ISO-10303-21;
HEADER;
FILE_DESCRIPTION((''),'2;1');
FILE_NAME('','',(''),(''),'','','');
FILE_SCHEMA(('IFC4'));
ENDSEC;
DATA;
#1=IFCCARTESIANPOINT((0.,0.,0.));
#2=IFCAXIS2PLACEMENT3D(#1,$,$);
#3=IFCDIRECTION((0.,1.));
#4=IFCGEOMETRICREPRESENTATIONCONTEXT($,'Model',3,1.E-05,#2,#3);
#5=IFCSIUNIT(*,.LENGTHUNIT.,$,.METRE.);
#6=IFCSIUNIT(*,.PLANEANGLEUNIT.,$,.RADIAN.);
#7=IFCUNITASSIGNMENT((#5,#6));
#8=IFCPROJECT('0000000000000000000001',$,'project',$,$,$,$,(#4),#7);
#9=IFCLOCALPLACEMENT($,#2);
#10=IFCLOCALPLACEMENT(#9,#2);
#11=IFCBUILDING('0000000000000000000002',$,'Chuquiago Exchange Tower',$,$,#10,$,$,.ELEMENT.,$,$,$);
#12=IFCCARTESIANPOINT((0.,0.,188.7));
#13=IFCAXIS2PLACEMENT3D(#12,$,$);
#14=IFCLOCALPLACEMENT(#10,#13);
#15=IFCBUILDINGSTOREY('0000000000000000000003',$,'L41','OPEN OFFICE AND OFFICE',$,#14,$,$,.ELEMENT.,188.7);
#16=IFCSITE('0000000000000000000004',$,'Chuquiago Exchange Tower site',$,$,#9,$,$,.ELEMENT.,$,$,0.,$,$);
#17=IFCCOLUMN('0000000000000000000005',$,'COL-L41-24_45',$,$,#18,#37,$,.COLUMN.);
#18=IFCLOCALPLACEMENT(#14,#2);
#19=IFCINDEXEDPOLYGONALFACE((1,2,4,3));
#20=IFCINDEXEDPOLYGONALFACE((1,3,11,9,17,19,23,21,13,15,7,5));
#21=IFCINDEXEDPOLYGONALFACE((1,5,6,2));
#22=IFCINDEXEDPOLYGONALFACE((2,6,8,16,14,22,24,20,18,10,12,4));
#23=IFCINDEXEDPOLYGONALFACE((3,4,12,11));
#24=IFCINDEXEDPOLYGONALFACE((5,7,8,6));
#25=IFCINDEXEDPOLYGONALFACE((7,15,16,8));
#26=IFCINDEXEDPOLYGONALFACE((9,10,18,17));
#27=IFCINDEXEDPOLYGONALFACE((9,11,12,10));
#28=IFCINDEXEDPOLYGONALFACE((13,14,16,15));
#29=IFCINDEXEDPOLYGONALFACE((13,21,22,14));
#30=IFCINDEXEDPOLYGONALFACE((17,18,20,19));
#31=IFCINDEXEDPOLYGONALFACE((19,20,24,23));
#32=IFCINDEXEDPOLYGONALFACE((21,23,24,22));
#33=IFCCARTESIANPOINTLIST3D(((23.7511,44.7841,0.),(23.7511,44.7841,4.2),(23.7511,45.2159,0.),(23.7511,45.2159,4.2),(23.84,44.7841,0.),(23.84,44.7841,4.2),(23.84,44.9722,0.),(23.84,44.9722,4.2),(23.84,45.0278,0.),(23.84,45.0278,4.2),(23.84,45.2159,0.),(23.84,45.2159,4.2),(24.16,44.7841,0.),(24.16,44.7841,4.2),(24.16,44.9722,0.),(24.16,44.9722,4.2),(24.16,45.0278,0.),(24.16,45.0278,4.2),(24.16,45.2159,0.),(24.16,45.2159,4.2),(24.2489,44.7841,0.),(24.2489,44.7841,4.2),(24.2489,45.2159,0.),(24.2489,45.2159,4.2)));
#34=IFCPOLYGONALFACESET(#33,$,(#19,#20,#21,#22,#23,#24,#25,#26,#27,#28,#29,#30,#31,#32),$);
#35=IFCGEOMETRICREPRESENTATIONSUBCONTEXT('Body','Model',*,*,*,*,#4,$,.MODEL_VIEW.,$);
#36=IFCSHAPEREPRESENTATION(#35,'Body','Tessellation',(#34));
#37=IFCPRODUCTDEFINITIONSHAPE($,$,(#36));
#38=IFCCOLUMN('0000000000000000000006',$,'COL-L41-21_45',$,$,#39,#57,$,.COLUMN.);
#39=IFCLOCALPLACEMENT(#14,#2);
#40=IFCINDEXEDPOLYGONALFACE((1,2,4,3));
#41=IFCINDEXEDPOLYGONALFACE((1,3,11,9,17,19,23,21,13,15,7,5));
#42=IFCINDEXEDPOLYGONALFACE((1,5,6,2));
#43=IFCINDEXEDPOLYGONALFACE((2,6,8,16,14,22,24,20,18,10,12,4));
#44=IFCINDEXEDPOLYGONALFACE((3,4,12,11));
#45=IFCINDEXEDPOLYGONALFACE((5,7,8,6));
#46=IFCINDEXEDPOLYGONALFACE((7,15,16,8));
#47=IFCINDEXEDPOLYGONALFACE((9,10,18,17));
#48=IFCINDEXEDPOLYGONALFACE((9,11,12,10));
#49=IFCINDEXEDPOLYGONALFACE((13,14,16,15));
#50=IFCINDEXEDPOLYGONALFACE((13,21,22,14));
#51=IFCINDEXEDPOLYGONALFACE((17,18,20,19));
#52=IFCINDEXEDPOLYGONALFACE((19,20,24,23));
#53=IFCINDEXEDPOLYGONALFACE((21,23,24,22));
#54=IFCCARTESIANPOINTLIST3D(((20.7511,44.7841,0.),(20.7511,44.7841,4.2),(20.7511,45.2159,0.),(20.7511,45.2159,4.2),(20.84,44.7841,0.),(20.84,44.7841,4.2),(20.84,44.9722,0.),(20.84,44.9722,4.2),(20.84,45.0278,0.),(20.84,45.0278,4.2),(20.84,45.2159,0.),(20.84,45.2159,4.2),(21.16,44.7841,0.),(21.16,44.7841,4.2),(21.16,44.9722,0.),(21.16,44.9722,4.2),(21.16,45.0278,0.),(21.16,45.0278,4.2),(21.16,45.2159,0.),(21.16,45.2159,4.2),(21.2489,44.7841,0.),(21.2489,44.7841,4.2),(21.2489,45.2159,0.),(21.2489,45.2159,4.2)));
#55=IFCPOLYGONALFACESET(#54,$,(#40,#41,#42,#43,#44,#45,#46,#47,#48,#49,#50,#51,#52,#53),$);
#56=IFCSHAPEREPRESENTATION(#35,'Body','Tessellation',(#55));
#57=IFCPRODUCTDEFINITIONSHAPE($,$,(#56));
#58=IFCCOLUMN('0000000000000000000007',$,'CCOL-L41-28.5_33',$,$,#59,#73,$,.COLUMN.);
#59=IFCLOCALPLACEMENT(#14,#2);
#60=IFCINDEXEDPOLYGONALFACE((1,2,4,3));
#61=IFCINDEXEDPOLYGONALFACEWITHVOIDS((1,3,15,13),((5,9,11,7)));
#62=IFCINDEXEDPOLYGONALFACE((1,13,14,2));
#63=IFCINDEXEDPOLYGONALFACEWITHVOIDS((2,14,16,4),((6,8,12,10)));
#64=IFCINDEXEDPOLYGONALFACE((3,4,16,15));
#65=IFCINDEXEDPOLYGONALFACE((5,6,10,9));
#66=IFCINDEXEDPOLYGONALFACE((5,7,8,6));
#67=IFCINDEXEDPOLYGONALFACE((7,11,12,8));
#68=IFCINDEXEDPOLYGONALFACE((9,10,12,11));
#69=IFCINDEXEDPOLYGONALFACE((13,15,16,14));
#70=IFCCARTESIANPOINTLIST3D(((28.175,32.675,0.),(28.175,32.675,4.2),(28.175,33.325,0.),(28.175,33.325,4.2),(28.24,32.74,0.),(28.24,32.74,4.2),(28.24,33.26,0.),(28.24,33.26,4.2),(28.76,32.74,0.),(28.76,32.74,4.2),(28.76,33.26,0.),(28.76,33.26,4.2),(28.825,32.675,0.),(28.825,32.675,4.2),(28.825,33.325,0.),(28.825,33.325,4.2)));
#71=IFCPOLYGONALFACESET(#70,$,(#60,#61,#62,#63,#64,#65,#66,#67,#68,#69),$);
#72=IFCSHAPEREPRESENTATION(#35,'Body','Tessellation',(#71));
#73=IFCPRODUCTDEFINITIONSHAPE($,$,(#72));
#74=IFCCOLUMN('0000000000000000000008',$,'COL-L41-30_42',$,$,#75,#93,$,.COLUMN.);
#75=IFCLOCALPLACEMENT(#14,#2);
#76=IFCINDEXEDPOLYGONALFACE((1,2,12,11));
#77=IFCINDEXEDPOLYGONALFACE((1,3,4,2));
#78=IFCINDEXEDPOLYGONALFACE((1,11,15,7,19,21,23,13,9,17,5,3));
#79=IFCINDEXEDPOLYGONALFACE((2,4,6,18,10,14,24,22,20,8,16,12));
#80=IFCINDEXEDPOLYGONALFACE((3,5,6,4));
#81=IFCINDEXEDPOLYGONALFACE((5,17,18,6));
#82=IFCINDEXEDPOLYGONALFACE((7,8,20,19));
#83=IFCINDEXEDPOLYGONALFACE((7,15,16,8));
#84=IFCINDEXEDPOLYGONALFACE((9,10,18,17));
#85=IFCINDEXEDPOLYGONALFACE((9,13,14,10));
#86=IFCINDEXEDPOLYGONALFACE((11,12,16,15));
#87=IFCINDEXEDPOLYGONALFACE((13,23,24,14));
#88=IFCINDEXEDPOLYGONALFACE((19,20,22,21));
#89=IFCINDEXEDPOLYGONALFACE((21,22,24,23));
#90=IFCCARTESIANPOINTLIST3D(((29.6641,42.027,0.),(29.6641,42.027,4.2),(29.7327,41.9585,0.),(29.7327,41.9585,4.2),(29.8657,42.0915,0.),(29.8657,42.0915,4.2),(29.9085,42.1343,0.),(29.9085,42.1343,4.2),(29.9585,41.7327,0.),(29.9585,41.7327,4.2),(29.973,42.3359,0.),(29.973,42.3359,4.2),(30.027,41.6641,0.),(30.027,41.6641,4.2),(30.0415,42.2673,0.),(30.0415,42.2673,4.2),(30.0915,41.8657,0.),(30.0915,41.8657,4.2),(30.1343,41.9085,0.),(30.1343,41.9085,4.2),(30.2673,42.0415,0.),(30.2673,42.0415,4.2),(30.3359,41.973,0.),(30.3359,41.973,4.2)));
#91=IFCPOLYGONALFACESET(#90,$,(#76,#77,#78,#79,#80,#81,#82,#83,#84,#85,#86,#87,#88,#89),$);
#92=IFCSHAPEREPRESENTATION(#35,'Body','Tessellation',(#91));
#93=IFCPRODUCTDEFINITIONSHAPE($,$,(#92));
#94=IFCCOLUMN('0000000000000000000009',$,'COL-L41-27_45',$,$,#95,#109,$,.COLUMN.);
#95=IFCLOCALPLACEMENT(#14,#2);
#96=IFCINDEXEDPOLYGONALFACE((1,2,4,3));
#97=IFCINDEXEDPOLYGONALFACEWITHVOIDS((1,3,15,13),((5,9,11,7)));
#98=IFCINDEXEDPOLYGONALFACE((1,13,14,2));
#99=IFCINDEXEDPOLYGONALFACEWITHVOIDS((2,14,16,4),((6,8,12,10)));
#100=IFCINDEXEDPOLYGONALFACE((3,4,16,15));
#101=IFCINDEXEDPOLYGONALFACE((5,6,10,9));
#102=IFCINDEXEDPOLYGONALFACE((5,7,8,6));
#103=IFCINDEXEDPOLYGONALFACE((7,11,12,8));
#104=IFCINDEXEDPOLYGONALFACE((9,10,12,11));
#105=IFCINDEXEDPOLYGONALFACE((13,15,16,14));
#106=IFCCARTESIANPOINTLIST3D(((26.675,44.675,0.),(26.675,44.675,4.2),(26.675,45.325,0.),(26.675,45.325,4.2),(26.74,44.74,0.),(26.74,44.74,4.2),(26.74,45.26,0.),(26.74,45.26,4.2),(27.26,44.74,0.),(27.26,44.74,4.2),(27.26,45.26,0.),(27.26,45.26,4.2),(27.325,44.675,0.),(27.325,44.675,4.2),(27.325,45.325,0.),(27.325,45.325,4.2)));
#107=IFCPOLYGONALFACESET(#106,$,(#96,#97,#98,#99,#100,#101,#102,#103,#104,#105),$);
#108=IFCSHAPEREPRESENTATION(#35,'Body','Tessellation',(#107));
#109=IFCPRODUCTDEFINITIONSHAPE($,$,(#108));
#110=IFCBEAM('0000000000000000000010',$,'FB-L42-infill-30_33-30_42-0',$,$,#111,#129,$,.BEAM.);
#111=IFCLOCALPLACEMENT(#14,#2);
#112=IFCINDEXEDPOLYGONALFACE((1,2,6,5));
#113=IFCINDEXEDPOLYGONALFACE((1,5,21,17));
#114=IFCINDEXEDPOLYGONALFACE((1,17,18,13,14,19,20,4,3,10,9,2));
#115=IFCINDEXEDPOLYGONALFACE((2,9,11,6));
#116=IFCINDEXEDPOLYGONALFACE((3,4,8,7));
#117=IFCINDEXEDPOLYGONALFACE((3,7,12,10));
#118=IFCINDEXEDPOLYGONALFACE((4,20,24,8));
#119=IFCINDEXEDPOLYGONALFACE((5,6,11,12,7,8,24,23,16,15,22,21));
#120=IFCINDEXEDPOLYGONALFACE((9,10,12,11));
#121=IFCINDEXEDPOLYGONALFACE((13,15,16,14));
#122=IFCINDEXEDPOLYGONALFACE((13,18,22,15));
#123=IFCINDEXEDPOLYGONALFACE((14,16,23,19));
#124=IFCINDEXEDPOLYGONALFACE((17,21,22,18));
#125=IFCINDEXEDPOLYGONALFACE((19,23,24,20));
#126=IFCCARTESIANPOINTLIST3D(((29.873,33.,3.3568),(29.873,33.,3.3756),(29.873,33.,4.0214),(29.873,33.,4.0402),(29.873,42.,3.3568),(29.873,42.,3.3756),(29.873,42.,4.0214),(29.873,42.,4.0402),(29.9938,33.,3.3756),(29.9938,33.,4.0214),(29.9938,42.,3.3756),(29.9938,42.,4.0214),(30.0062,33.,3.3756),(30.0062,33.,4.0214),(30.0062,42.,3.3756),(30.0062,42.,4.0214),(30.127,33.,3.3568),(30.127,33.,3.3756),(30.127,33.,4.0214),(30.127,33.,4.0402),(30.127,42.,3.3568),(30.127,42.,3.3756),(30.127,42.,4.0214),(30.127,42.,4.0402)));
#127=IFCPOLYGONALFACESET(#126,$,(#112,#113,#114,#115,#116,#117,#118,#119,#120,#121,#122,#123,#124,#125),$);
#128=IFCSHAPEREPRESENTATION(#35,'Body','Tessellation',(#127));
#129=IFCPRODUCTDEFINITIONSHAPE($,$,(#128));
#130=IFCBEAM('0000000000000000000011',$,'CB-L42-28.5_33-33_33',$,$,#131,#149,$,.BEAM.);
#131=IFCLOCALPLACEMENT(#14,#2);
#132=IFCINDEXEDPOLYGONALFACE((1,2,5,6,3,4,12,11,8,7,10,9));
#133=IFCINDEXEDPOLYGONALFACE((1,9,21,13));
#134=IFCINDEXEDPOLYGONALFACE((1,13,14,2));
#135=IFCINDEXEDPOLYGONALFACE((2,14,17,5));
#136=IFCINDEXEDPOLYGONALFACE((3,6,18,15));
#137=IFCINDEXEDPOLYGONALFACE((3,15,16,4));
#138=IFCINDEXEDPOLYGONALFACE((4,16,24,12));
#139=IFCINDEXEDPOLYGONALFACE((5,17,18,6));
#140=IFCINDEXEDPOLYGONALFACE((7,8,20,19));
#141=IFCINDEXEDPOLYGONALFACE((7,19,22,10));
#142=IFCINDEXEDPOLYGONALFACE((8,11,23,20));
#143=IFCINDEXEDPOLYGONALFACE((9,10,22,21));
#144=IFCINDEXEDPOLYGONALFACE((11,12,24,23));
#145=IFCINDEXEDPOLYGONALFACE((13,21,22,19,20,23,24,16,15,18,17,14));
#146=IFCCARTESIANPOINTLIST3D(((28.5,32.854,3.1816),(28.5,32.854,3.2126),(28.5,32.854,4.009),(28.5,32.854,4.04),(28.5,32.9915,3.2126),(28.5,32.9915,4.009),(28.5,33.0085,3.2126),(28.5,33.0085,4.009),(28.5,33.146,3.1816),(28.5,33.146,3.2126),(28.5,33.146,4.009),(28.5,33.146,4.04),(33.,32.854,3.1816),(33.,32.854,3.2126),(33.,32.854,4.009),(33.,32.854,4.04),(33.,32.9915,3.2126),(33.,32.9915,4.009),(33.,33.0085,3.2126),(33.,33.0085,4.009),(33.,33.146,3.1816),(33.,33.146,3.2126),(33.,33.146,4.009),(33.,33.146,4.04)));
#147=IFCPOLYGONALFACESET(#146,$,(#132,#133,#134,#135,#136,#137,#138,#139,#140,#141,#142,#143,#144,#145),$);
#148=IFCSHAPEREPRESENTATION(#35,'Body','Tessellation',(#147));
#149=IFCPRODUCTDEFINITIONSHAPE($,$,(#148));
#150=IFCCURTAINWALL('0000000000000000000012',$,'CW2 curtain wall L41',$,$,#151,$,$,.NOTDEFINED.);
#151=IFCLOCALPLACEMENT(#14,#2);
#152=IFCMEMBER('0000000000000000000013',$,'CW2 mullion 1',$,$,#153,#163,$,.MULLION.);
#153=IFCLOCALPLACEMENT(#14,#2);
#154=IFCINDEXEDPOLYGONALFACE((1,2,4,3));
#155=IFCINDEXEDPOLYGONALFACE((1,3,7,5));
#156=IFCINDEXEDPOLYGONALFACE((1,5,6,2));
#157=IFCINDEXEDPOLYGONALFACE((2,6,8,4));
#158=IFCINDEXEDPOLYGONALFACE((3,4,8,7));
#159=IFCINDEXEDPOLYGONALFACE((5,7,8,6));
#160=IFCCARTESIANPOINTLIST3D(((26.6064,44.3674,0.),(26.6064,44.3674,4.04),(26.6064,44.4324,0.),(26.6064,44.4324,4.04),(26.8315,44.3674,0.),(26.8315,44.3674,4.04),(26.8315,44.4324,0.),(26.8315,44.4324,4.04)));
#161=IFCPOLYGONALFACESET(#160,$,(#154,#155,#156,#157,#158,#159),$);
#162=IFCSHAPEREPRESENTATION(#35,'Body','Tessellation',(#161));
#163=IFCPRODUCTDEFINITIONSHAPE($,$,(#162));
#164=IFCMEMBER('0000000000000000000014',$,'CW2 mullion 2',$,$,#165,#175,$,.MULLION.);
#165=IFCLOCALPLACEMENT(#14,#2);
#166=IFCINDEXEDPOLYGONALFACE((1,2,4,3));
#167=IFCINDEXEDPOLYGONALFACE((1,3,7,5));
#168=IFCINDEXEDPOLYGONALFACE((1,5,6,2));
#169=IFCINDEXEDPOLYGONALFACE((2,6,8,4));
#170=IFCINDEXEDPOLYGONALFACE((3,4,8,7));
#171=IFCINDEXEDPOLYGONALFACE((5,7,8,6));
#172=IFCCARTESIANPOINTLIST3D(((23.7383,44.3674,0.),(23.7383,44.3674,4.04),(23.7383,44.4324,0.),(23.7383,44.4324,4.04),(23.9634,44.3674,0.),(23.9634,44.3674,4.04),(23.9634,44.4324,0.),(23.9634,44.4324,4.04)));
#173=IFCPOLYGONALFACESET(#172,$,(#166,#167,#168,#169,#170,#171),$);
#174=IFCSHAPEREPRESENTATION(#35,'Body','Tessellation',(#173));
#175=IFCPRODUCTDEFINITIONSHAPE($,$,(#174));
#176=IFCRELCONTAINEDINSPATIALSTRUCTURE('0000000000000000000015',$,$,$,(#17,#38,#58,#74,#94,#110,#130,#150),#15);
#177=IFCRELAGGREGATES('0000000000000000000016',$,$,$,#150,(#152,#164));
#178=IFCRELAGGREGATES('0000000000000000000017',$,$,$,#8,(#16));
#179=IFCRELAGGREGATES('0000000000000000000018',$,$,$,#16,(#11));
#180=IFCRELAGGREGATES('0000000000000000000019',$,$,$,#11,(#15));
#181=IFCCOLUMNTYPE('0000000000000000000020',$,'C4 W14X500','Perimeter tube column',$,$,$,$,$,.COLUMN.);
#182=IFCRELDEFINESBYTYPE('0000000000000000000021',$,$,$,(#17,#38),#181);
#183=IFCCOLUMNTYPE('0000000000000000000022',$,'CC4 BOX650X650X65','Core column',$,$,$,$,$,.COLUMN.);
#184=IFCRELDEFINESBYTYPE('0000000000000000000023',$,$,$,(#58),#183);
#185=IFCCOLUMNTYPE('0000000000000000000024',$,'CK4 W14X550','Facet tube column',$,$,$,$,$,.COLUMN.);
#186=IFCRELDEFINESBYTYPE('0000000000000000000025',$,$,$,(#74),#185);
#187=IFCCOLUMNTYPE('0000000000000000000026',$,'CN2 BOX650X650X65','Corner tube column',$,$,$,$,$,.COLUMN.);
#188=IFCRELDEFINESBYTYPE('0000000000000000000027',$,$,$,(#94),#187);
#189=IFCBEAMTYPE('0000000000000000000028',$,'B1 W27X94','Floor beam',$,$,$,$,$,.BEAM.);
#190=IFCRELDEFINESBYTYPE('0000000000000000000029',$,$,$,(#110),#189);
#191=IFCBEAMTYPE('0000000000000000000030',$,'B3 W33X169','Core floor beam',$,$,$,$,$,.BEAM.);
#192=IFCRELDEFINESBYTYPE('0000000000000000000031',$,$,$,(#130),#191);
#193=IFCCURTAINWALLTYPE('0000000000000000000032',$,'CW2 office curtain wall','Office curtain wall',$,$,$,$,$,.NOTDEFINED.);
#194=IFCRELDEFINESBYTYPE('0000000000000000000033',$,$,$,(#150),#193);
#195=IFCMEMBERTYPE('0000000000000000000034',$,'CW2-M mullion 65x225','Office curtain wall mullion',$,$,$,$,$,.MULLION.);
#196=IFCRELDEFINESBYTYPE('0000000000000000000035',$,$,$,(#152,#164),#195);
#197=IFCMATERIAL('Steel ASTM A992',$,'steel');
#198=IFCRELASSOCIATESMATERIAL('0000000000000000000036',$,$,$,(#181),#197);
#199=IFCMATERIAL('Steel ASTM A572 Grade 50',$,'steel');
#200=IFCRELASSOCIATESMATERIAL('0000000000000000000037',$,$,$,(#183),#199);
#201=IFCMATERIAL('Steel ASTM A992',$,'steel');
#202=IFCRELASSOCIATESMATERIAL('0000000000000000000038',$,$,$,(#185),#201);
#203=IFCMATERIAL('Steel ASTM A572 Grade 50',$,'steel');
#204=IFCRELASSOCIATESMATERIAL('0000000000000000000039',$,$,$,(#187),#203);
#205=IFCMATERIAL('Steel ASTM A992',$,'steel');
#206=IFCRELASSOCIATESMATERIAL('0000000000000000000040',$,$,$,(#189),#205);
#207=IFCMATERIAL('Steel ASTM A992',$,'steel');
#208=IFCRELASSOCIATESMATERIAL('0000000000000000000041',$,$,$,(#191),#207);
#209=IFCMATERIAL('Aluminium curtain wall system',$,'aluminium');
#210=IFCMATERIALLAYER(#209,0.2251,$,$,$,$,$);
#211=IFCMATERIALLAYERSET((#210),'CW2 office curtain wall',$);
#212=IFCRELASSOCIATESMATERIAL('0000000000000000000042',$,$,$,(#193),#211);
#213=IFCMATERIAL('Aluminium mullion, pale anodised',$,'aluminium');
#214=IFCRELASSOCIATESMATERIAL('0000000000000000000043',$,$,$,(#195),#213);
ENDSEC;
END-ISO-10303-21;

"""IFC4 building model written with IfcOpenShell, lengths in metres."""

from ifc_helpers import new_model, si_unit, direction, frame, origin, origin_2d, place, context, subcontext, project, spatial, rectangle, hollow_rectangle, i_section, extrude, material, layer, layer_set, material_profile, profile_set, type_object, element, aggregate, save


model = new_model("IFC4")

# Units and contexts
model_context = context("Model", 3, precision=1e-05, world=origin(), true_north=direction((0.0, 1.0)))
body_context = subcontext(model_context, "Body", "Model", "MODEL_VIEW")
ifc_project = project(units=[si_unit("LENGTHUNIT", "METRE"), si_unit("PLANEANGLEUNIT", "RADIAN")], contexts=[model_context])

# Site, building, storey
site_placement = place(None, origin())
site = spatial("IfcSite", under=ifc_project, at=site_placement, Name="Chuquiago Exchange Tower site", CompositionType="ELEMENT", RefElevation=0.0)
building_placement = place(site_placement, origin())
building = spatial("IfcBuilding", under=site, at=building_placement, Name="Chuquiago Exchange Tower", CompositionType="ELEMENT")
storey_placement = place(building_placement, frame((0.0, 0.0, 188.7)))
storey = spatial("IfcBuildingStorey", under=building, at=storey_placement, Name="L41", Description="OPEN OFFICE AND OFFICE", CompositionType="ELEMENT", Elevation=188.7)

# Columns
ifc_material_1 = material(Name="Steel ASTM A992", Category="steel")
ifc_material_profile_1 = material_profile(ifc_material_1, i_section(OverallWidth=0.4319, OverallDepth=0.4978, WebThickness=0.0557, FlangeThickness=0.0889, at=origin_2d()), Name="W14X500")
ifc_profile_set_1 = profile_set([ifc_material_profile_1], Name="Steel ASTM A992")
column_type_1 = type_object("IfcColumnType", Name="C4 W14X500", Description="Perimeter tube column", PredefinedType="COLUMN", material=ifc_profile_set_1)
for number, where, z_axis, x_axis, name in (
    (1, (24.0, 45.0, 0.0), (0.0, 0.0, 1.0), (0.0, 1.0, 0.0), "COL-L41-24_45"),
    (2, (21.0, 45.0, 0.0), (0.0, 0.0, 1.0), (0.0, 1.0, 0.0), "COL-L41-21_45"),
):
    element("IfcColumn", number, at=place(storey_placement, frame(where, z_axis=z_axis, x_axis=x_axis)), inside=storey, type_object=column_type_1, Name=name, PredefinedType="COLUMN", context=body_context, shape_type="SweptSolid", body=[
        extrude(i_section(OverallWidth=0.4319, OverallDepth=0.4978, WebThickness=0.0557, FlangeThickness=0.0889, at=origin_2d()), origin(), (0.0, 0.0, 1.0), 4.2),
    ])
ifc_material_2 = material(Name="Steel ASTM A572 Grade 50", Category="steel")
ifc_material_profile_2 = material_profile(ifc_material_2, hollow_rectangle(XDim=0.6499, YDim=0.6499, WallThickness=0.0649, at=origin_2d()), Name="BOX650X650X65")
ifc_profile_set_2 = profile_set([ifc_material_profile_2], Name="Steel ASTM A572 Grade 50")
column_type_2 = type_object("IfcColumnType", Name="CC4 BOX650X650X65", Description="Core column", PredefinedType="COLUMN", material=ifc_profile_set_2)
column_1_placement = place(storey_placement, frame((28.5, 33.0, 0.0), z_axis=(0.0, 0.0, 1.0), x_axis=(1.0, 0.0, 0.0)))
element("IfcColumn", 3, at=column_1_placement, inside=storey, type_object=column_type_2, Name="CCOL-L41-28.5_33", PredefinedType="COLUMN", context=body_context, shape_type="SweptSolid", body=[
    extrude(hollow_rectangle(XDim=0.6499, YDim=0.6499, WallThickness=0.0649, at=origin_2d()), origin(), (0.0, 0.0, 1.0), 4.2),
])
ifc_material_3 = material(Name="Steel ASTM A992", Category="steel")
ifc_material_profile_3 = material_profile(ifc_material_3, i_section(OverallWidth=0.4368, OverallDepth=0.5132, WebThickness=0.0605, FlangeThickness=0.0969, at=origin_2d()), Name="W14X550")
ifc_profile_set_3 = profile_set([ifc_material_profile_3], Name="Steel ASTM A992")
column_type_3 = type_object("IfcColumnType", Name="CK4 W14X550", Description="Facet tube column", PredefinedType="COLUMN", material=ifc_profile_set_3)
column_2_placement = place(storey_placement, frame((30.0, 42.0, 0.0), z_axis=(0.0, 0.0, 1.0), x_axis=(0.707107, 0.707107, 0.0)))
element("IfcColumn", 4, at=column_2_placement, inside=storey, type_object=column_type_3, Name="COL-L41-30_42", PredefinedType="COLUMN", context=body_context, shape_type="SweptSolid", body=[
    extrude(i_section(OverallWidth=0.4368, OverallDepth=0.5132, WebThickness=0.0605, FlangeThickness=0.0969, at=origin_2d()), origin(), (0.0, 0.0, 1.0), 4.2),
])
ifc_material_4 = material(Name="Steel ASTM A572 Grade 50", Category="steel")
ifc_material_profile_4 = material_profile(ifc_material_4, hollow_rectangle(XDim=0.6499, YDim=0.6499, WallThickness=0.0649, at=origin_2d()), Name="BOX650X650X65")
ifc_profile_set_4 = profile_set([ifc_material_profile_4], Name="Steel ASTM A572 Grade 50")
column_type_4 = type_object("IfcColumnType", Name="CN2 BOX650X650X65", Description="Corner tube column", PredefinedType="COLUMN", material=ifc_profile_set_4)
column_3_placement = place(storey_placement, frame((27.0, 45.0, 0.0), z_axis=(0.0, 0.0, 1.0), x_axis=(0.0, 1.0, 0.0)))
element("IfcColumn", 5, at=column_3_placement, inside=storey, type_object=column_type_4, Name="COL-L41-27_45", PredefinedType="COLUMN", context=body_context, shape_type="SweptSolid", body=[
    extrude(hollow_rectangle(XDim=0.6499, YDim=0.6499, WallThickness=0.0649, at=origin_2d()), origin(), (0.0, 0.0, 1.0), 4.2),
])

# Beams
ifc_material_5 = material(Name="Steel ASTM A992", Category="steel")
ifc_material_profile_5 = material_profile(ifc_material_5, i_section(OverallWidth=0.2539, OverallDepth=0.6833, WebThickness=0.0125, FlangeThickness=0.0188, at=origin_2d()), Name="W27X94")
ifc_profile_set_5 = profile_set([ifc_material_profile_5], Name="Steel ASTM A992")
beam_type_1 = type_object("IfcBeamType", Name="B1 W27X94", Description="Floor beam", PredefinedType="BEAM", material=ifc_profile_set_5)
beam_1_placement = place(storey_placement, frame((30.0, 33.0, 3.6985), z_axis=(0.0, 1.0, 0.0), x_axis=(-1.0, 0.0, 0.0)))
element("IfcBeam", 6, at=beam_1_placement, inside=storey, type_object=beam_type_1, Name="FB-L42-infill-30_33-30_42-0", PredefinedType="BEAM", context=body_context, shape_type="SweptSolid", body=[
    extrude(i_section(OverallWidth=0.2539, OverallDepth=0.6833, WebThickness=0.0125, FlangeThickness=0.0188, at=origin_2d()), origin(), (0.0, 0.0, 1.0), 9.0),
])
ifc_material_6 = material(Name="Steel ASTM A992", Category="steel")
ifc_material_profile_6 = material_profile(ifc_material_6, i_section(OverallWidth=0.292, OverallDepth=0.8584, WebThickness=0.0171, FlangeThickness=0.031, at=origin_2d()), Name="W33X169")
ifc_profile_set_6 = profile_set([ifc_material_profile_6], Name="Steel ASTM A992")
beam_type_2 = type_object("IfcBeamType", Name="B3 W33X169", Description="Core floor beam", PredefinedType="BEAM", material=ifc_profile_set_6)
beam_2_placement = place(storey_placement, frame((28.5, 33.0, 3.6108), z_axis=(1.0, 0.0, 0.0), x_axis=(0.0, 1.0, 0.0)))
element("IfcBeam", 7, at=beam_2_placement, inside=storey, type_object=beam_type_2, Name="CB-L42-28.5_33-33_33", PredefinedType="BEAM", context=body_context, shape_type="SweptSolid", body=[
    extrude(i_section(OverallWidth=0.292, OverallDepth=0.8584, WebThickness=0.0171, FlangeThickness=0.031, at=origin_2d()), origin(), (0.0, 0.0, 1.0), 4.5),
])

# Curtain wall, members
ifc_material_7 = material(Name="Aluminium curtain wall system", Category="aluminium")
ifc_layer_1 = layer(ifc_material_7, 0.2251)
ifc_layer_set_1 = layer_set([ifc_layer_1], Name="CW2 office curtain wall")
curtain_wall_type_1 = type_object("IfcCurtainWallType", Name="CW2 office curtain wall", Description="Office curtain wall", PredefinedType="NOTDEFINED", material=ifc_layer_set_1)
curtain_wall_1_placement = place(storey_placement, origin())
curtain_wall_1 = element("IfcCurtainWall", 8, at=curtain_wall_1_placement, inside=storey, type_object=curtain_wall_type_1, Name="CW2 curtain wall L41", PredefinedType="NOTDEFINED")
ifc_material_8 = material(Name="Aluminium mullion, pale anodised", Category="aluminium")
ifc_material_profile_7 = material_profile(ifc_material_8, rectangle(XDim=0.0649, YDim=0.2251, at=origin_2d()), Name="AL 65x225")
ifc_profile_set_7 = profile_set([ifc_material_profile_7], Name="Aluminium mullion, pale anodised")
member_type_1 = type_object("IfcMemberType", Name="CW2-M mullion 65x225", Description="Office curtain wall mullion", PredefinedType="MULLION", material=ifc_profile_set_7)
member_1_placement = place(storey_placement, frame((26.719, 44.3999, 0.0), z_axis=(0.0, 0.0, 1.0), x_axis=(0.0, -1.0, 0.0)))
member_1 = element("IfcMember", 9, at=member_1_placement, type_object=member_type_1, Name="CW2 mullion 1", PredefinedType="MULLION", context=body_context, shape_type="SweptSolid", body=[
    extrude(rectangle(XDim=0.0649, YDim=0.2251, at=origin_2d()), origin(), (0.0, 0.0, 1.0), 4.04),
])
member_2_placement = place(storey_placement, frame((23.8508, 44.3999, 0.0), z_axis=(0.0, 0.0, 1.0), x_axis=(0.0, -1.0, 0.0)))
member_2 = element("IfcMember", 10, at=member_2_placement, type_object=member_type_1, Name="CW2 mullion 2", PredefinedType="MULLION", context=body_context, shape_type="SweptSolid", body=[
    extrude(rectangle(XDim=0.0649, YDim=0.2251, at=origin_2d()), origin(), (0.0, 0.0, 1.0), 4.04),
])

aggregate(curtain_wall_1, [member_1, member_2])

save(model, "model.ifc")
